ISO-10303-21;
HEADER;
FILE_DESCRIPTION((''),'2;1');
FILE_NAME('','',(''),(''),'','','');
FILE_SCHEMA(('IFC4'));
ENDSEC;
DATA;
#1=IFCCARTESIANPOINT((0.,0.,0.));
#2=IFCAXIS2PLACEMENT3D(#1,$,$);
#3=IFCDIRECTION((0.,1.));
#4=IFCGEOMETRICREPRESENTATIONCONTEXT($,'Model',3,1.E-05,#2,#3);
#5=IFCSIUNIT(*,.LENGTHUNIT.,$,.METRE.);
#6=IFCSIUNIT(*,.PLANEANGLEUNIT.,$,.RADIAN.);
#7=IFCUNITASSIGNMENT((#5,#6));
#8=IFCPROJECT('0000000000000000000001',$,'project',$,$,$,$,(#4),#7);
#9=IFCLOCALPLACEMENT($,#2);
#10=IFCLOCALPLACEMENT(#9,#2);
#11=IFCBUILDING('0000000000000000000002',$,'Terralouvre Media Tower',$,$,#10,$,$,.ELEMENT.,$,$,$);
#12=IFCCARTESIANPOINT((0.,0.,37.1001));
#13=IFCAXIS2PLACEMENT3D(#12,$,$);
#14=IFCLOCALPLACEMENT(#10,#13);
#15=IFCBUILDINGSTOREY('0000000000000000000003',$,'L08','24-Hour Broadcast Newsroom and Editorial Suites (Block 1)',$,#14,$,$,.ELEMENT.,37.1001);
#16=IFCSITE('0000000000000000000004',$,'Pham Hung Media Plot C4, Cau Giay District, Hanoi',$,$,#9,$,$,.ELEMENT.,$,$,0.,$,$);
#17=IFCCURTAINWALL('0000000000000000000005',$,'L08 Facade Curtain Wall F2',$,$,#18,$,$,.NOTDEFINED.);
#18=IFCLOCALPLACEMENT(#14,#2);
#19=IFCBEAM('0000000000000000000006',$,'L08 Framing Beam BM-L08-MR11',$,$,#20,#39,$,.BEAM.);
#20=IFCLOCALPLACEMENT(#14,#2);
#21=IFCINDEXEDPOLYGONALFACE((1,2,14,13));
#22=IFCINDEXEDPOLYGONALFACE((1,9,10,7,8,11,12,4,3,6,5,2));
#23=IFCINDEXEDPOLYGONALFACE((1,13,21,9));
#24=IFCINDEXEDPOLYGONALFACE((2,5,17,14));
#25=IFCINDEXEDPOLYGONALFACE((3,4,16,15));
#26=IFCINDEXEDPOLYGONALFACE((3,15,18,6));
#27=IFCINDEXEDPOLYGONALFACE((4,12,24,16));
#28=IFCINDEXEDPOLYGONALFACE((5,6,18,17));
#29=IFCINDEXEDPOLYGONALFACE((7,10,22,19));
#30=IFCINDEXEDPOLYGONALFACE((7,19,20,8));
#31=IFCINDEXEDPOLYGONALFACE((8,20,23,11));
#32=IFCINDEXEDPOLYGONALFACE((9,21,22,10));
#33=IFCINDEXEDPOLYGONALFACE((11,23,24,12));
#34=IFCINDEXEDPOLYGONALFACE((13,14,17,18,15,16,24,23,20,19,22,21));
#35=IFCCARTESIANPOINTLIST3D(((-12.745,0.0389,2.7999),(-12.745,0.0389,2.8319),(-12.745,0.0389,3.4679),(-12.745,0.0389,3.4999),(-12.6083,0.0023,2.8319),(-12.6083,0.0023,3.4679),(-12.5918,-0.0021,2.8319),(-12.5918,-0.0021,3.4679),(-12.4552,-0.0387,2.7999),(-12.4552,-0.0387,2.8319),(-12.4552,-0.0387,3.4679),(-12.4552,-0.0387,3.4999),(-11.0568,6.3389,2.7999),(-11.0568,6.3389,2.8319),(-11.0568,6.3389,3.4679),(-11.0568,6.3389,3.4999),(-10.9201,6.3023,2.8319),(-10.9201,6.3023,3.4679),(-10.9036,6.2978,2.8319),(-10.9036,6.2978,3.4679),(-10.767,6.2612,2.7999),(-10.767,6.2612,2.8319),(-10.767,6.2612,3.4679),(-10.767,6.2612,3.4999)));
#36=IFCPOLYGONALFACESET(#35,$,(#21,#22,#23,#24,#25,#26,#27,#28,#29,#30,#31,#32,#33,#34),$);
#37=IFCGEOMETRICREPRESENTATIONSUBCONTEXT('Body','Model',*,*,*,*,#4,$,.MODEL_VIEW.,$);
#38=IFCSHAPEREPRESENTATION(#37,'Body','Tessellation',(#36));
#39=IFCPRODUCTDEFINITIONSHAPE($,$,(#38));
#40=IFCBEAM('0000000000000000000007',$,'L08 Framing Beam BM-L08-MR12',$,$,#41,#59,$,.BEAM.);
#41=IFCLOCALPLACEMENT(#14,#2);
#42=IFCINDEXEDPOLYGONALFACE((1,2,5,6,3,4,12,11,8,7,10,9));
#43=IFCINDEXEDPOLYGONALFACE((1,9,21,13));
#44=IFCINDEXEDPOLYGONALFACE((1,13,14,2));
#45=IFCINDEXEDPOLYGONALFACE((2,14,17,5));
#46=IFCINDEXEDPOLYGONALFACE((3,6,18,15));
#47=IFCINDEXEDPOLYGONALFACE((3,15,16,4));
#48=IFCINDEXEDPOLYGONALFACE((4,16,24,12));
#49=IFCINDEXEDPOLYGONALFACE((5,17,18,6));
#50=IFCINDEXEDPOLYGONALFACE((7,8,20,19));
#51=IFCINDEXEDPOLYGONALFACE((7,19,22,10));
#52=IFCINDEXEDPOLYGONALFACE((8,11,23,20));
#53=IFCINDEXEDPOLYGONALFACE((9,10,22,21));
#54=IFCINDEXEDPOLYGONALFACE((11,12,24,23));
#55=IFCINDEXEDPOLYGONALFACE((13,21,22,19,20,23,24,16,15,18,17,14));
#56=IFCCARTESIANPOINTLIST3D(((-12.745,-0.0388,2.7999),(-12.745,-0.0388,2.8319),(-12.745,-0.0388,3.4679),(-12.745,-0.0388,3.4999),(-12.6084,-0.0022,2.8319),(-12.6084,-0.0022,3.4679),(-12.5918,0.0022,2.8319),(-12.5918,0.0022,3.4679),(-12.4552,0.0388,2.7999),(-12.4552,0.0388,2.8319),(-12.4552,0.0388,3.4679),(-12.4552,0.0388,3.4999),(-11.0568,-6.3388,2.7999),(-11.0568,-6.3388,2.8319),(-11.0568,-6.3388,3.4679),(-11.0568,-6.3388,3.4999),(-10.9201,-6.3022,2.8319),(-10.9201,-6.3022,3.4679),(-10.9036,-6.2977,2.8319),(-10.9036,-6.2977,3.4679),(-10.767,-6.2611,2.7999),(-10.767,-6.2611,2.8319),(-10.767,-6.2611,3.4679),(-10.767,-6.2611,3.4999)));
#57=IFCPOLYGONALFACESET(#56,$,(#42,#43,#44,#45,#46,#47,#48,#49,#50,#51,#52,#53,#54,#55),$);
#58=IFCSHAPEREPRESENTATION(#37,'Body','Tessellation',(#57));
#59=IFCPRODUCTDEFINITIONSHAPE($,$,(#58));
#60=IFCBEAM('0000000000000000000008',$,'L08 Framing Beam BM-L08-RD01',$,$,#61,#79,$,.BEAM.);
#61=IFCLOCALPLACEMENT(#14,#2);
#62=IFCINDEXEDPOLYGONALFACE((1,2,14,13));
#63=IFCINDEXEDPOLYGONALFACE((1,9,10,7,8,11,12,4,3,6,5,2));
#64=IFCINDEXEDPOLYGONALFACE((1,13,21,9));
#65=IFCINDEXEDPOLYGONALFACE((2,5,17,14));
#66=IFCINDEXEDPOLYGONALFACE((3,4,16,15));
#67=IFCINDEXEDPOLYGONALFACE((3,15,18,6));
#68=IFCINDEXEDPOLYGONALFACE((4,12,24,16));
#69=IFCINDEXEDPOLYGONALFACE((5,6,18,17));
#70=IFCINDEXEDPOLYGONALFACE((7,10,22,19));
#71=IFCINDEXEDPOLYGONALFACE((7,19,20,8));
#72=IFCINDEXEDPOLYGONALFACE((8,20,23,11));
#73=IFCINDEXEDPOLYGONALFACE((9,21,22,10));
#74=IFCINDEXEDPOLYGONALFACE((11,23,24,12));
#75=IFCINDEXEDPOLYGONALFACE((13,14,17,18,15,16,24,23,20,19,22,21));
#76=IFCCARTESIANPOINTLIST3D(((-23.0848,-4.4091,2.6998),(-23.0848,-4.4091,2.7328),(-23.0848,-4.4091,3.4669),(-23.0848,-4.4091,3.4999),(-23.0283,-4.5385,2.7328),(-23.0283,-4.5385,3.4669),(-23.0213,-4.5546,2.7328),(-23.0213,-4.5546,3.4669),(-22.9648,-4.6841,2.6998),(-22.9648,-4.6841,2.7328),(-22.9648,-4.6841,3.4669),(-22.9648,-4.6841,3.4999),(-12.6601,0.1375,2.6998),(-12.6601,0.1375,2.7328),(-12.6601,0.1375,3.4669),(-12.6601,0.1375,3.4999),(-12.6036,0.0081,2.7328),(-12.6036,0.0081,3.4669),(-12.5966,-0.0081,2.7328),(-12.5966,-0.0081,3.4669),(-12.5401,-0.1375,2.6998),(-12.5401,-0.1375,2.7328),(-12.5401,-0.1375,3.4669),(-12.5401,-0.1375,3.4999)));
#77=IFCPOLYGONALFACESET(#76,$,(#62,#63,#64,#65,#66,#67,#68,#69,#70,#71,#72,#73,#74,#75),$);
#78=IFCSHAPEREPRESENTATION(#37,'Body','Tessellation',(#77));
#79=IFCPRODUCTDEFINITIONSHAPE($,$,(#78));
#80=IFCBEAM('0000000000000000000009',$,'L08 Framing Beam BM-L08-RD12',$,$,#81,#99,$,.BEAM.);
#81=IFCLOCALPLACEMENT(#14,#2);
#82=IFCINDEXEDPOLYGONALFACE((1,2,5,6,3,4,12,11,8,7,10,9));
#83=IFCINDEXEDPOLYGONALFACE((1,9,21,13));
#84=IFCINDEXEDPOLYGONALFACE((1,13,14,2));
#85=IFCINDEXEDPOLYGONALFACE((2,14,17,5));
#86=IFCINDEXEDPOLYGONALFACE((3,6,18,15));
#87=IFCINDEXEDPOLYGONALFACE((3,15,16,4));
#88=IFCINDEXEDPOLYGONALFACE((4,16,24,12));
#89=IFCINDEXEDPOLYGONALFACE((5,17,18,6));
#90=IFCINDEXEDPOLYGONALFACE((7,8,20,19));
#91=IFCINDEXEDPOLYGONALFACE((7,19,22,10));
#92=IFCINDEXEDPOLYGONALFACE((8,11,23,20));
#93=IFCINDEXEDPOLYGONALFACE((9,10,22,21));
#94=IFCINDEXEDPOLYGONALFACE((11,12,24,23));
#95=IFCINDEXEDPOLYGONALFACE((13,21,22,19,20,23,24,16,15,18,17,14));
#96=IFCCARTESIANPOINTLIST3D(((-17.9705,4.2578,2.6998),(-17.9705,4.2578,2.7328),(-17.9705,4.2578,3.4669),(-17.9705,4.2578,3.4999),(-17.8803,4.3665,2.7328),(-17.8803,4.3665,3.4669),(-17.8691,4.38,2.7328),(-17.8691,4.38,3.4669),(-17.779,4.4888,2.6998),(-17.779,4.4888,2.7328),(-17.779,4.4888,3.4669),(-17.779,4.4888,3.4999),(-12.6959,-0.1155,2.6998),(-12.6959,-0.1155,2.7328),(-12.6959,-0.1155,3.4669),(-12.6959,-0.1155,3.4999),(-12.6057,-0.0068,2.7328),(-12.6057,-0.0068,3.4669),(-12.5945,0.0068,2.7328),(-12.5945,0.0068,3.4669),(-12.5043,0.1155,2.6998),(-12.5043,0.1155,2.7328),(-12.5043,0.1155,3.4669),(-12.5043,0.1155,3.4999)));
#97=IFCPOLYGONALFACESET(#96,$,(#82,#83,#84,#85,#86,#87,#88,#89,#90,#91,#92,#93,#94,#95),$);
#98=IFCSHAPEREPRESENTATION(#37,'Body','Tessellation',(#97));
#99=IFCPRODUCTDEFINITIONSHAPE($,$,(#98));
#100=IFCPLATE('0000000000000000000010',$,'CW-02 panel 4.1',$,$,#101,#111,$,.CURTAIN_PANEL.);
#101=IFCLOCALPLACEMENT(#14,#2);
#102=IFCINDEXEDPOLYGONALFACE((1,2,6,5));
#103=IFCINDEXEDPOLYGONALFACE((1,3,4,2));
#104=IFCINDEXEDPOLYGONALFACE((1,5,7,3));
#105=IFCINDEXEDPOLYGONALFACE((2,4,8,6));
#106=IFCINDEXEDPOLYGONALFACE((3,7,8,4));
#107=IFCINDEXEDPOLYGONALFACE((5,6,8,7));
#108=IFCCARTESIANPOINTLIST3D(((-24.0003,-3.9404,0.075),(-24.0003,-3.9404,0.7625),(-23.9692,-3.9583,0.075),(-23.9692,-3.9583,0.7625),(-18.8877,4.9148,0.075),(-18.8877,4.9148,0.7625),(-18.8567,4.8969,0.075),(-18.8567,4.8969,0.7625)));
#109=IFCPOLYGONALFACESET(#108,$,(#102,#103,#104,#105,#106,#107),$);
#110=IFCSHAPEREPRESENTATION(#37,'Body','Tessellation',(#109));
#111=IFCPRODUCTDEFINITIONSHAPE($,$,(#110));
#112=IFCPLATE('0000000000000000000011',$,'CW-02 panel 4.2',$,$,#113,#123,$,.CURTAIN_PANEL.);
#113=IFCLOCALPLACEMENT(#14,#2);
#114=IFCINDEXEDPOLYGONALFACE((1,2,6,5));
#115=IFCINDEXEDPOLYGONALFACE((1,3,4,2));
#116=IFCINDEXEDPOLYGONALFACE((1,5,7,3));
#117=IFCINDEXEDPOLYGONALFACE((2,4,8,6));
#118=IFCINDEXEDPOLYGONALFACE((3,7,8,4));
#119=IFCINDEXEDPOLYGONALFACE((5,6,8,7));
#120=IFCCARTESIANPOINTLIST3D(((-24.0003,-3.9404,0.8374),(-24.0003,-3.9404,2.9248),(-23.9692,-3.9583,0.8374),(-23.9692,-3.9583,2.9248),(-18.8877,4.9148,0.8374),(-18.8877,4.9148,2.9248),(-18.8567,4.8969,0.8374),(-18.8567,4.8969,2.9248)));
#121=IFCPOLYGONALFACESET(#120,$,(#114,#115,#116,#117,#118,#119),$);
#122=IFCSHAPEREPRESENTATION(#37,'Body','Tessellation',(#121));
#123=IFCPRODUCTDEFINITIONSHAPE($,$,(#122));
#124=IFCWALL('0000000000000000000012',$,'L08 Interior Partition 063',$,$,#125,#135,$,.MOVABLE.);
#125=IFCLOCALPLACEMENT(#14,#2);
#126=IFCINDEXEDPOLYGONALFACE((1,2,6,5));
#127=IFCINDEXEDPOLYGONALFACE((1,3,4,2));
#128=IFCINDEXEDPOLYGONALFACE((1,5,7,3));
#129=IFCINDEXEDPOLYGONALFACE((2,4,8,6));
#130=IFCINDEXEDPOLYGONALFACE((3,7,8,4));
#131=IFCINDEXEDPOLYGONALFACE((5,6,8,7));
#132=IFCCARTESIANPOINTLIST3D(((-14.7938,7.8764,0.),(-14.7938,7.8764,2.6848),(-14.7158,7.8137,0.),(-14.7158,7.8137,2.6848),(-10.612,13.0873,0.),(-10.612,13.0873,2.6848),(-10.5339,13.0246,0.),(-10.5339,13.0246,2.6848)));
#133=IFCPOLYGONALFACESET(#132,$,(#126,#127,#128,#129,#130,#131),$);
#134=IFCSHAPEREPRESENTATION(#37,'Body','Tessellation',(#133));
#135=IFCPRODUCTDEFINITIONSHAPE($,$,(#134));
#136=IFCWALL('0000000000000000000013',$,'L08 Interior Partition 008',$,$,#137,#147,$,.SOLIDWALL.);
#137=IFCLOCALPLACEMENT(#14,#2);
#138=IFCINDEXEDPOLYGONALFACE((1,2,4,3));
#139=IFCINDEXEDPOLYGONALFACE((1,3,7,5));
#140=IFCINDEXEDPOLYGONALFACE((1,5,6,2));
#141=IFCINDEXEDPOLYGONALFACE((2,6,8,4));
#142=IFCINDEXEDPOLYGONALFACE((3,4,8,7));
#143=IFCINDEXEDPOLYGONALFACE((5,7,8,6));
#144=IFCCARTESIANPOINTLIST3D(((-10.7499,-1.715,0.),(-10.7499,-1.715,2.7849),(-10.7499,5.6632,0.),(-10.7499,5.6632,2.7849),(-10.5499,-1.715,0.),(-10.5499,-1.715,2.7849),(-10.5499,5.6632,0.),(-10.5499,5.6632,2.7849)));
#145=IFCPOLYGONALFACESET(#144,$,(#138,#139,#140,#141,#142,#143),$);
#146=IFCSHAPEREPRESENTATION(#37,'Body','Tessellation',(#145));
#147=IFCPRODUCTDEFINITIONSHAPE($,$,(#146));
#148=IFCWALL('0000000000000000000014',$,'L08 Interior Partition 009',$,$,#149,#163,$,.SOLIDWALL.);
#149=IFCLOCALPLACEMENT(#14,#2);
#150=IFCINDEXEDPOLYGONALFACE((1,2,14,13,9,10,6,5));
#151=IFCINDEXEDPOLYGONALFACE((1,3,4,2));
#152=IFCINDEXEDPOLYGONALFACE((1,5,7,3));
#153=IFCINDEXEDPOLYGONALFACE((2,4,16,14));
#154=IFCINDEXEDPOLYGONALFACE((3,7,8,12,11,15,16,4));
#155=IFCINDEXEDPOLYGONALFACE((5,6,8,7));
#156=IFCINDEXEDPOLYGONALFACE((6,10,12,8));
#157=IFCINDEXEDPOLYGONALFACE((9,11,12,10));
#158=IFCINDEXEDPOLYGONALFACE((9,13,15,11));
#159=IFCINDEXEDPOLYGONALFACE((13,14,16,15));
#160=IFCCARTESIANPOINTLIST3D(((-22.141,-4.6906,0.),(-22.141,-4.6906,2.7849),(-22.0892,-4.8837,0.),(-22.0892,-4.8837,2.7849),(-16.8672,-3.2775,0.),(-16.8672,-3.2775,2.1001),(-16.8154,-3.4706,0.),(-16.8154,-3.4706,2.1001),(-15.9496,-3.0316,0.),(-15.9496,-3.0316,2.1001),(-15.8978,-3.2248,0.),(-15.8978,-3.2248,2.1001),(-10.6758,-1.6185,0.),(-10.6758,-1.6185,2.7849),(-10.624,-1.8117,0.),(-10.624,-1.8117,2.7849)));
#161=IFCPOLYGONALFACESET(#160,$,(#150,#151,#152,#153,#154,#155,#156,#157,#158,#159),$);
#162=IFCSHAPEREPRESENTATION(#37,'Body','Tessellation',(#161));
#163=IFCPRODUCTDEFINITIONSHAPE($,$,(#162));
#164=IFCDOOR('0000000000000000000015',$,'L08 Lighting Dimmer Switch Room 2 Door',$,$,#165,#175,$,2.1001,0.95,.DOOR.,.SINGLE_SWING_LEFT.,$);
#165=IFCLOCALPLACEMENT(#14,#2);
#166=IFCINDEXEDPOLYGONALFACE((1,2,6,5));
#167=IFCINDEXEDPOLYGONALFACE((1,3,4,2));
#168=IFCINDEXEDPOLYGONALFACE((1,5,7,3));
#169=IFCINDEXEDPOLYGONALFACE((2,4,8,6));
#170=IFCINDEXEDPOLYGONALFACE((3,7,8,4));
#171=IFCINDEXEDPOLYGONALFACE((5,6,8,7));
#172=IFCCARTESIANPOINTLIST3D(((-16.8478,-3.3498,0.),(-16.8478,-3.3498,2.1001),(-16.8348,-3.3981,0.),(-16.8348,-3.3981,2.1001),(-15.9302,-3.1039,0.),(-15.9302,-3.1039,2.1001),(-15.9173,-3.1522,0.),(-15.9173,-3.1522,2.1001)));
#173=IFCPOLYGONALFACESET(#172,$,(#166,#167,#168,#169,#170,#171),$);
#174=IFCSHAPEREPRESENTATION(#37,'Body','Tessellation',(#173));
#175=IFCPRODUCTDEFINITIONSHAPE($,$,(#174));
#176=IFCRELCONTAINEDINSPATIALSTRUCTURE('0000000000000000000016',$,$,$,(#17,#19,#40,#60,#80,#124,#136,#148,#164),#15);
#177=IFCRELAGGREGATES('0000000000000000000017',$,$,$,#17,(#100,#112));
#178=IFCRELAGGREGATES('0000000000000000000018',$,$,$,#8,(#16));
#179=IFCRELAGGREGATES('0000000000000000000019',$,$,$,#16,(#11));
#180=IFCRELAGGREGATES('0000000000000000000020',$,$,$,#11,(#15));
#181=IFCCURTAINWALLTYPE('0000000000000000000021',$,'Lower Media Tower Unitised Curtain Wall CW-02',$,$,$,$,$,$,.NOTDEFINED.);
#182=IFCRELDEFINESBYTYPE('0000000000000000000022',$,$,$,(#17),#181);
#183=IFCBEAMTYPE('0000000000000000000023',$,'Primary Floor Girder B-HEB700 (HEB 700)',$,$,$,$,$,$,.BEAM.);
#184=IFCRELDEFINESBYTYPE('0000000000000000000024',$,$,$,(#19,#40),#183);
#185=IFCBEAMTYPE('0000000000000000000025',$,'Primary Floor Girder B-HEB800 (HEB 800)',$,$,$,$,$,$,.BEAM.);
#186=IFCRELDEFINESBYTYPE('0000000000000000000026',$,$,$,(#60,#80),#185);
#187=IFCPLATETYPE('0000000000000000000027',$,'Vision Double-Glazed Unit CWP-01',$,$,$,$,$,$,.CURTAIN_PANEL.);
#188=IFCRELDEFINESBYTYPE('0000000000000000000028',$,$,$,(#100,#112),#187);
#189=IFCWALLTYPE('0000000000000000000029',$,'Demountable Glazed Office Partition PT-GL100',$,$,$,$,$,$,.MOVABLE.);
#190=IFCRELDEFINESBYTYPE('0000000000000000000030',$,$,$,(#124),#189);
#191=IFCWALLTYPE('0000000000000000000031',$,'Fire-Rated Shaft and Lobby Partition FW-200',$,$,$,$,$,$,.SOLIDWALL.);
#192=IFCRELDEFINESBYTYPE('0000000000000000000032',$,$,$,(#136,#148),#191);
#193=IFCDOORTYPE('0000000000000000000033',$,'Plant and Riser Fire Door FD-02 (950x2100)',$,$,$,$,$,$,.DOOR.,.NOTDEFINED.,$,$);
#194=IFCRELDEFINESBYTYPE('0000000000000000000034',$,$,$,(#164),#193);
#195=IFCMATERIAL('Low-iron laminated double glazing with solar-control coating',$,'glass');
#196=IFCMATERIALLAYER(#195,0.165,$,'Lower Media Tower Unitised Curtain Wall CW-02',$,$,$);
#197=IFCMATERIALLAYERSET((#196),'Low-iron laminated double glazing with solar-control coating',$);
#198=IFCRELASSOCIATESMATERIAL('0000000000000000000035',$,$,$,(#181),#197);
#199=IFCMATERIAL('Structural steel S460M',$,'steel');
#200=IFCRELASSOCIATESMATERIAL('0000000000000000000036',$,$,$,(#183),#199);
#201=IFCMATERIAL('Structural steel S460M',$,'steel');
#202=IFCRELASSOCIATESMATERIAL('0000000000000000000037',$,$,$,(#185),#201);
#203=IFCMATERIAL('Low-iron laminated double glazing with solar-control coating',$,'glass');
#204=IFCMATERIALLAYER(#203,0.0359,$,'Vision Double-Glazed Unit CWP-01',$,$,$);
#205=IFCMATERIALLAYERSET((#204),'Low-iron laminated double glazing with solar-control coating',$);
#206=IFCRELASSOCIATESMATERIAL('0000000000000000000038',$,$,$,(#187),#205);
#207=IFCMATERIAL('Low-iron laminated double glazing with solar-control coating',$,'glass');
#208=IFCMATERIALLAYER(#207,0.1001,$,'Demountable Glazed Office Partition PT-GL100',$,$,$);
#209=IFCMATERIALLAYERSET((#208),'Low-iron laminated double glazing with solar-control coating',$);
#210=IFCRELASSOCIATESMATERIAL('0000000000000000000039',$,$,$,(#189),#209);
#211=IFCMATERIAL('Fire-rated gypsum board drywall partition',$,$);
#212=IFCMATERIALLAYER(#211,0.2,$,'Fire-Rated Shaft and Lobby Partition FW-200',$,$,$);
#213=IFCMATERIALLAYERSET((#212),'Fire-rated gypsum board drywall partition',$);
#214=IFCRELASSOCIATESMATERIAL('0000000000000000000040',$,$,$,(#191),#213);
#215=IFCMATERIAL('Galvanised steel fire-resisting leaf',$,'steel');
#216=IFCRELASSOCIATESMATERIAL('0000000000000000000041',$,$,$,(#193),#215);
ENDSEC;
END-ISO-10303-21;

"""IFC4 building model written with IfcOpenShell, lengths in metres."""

from ifc_helpers import new_model, si_unit, direction, frame, frame_2d, origin, origin_2d, place, context, subcontext, project, spatial, rectangle, i_section, extrude, material, layer, layer_set, material_profile, profile_set, type_object, element, fill, aggregate, save


model = new_model("IFC4")

# Units and contexts
model_context = context("Model", 3, precision=1e-05, world=origin(), true_north=direction((0.0, 1.0)))
body_context = subcontext(model_context, "Body", "Model", "MODEL_VIEW")
ifc_project = project(units=[si_unit("LENGTHUNIT", "METRE"), si_unit("PLANEANGLEUNIT", "RADIAN")], contexts=[model_context])

# Site, building, storey
site_placement = place(None, origin())
site = spatial("IfcSite", under=ifc_project, at=site_placement, Name="Pham Hung Media Plot C4, Cau Giay District, Hanoi", CompositionType="ELEMENT", RefElevation=0.0)
building_placement = place(site_placement, origin())
building = spatial("IfcBuilding", under=site, at=building_placement, Name="Terralouvre Media Tower", CompositionType="ELEMENT")
storey_placement = place(building_placement, frame((0.0, 0.0, 37.1001)))
storey = spatial("IfcBuildingStorey", under=building, at=storey_placement, Name="L08", Description="24-Hour Broadcast Newsroom and Editorial Suites (Block 1)", CompositionType="ELEMENT", Elevation=37.1001)

# Curtain wall
ifc_material_1 = material(Name="Low-iron laminated double glazing with solar-control coating", Category="glass")
ifc_layer_1 = layer(ifc_material_1, 0.165, Name="Lower Media Tower Unitised Curtain Wall CW-02")
ifc_layer_set_1 = layer_set([ifc_layer_1], Name="Low-iron laminated double glazing with solar-control coating")
curtain_wall_type = type_object("IfcCurtainWallType", Name="Lower Media Tower Unitised Curtain Wall CW-02", PredefinedType="NOTDEFINED", material=ifc_layer_set_1)
curtain_wall_placement = place(storey_placement, origin())
curtain_wall = element("IfcCurtainWall", 1, at=curtain_wall_placement, inside=storey, type_object=curtain_wall_type, Name="L08 Facade Curtain Wall F2", PredefinedType="NOTDEFINED")

# Beams
ifc_material_2 = material(Name="Structural steel S460M", Category="steel")
ifc_material_profile_1 = material_profile(ifc_material_2, i_section(OverallWidth=0.3, OverallDepth=0.7, WebThickness=0.0171, FlangeThickness=0.032, at=origin_2d()), Name="HEB 700")
ifc_profile_set_1 = profile_set([ifc_material_profile_1], Name="Structural steel S460M")
beam_type_1 = type_object("IfcBeamType", Name="Primary Floor Girder B-HEB700 (HEB 700)", PredefinedType="BEAM", material=ifc_profile_set_1)
for number, where, z_axis, x_axis, name in (
    (2, (-10.9119, 6.3, 3.1499), (-0.258839, -0.96592, 0.0), (0.96592, -0.258839, 0.0), "L08 Framing Beam BM-L08-MR11"),
    (3, (-12.6001, 0.0, 3.1499), (0.258839, -0.96592, 0.0), (0.96592, 0.258839, 0.0), "L08 Framing Beam BM-L08-MR12"),
):
    element("IfcBeam", number, at=place(storey_placement, frame(where, z_axis=z_axis, x_axis=x_axis)), inside=storey, type_object=beam_type_1, Name=name, PredefinedType="BEAM", context=body_context, shape_type="SweptSolid", body=[
        extrude(i_section(OverallWidth=0.3, OverallDepth=0.7, WebThickness=0.0171, FlangeThickness=0.032, at=origin_2d()), origin(), (0.0, 0.0, 1.0), 6.5222),
    ])
ifc_material_3 = material(Name="Structural steel S460M", Category="steel")
ifc_material_profile_2 = material_profile(ifc_material_3, i_section(OverallWidth=0.3, OverallDepth=0.8, WebThickness=0.0176, FlangeThickness=0.033, at=origin_2d()), Name="HEB 800")
ifc_profile_set_2 = profile_set([ifc_material_profile_2], Name="Structural steel S460M")
beam_type_2 = type_object("IfcBeamType", Name="Primary Floor Girder B-HEB800 (HEB 800)", PredefinedType="BEAM", material=ifc_profile_set_2)
beam_1_placement = place(storey_placement, frame((-12.6001, 0.0, 3.0999), z_axis=(-0.916616, -0.399769, 0.0), x_axis=(0.399769, -0.916616, 0.0)))
element("IfcBeam", 4, at=beam_1_placement, inside=storey, type_object=beam_type_2, Name="L08 Framing Beam BM-L08-RD01", PredefinedType="BEAM", context=body_context, shape_type="SweptSolid", body=[
    extrude(i_section(OverallWidth=0.3, OverallDepth=0.8, WebThickness=0.0176, FlangeThickness=0.033, at=origin_2d()), origin(), (0.0, 0.0, 1.0), 11.373),
])
beam_2_placement = place(storey_placement, frame((-12.6001, 0.0, 3.0999), z_axis=(-0.769816, 0.638265, 0.0), x_axis=(-0.638265, -0.769816, 0.0)))
element("IfcBeam", 5, at=beam_2_placement, inside=storey, type_object=beam_type_2, Name="L08 Framing Beam BM-L08-RD12", PredefinedType="BEAM", context=body_context, shape_type="SweptSolid", body=[
    extrude(i_section(OverallWidth=0.3, OverallDepth=0.8, WebThickness=0.0176, FlangeThickness=0.033, at=origin_2d()), origin(), (0.0, 0.0, 1.0), 6.8518),
])

# Plates
ifc_material_4 = material(Name="Low-iron laminated double glazing with solar-control coating", Category="glass")
ifc_layer_2 = layer(ifc_material_4, 0.0359, Name="Vision Double-Glazed Unit CWP-01")
ifc_layer_set_2 = layer_set([ifc_layer_2], Name="Low-iron laminated double glazing with solar-control coating")
plate_type = type_object("IfcPlateType", Name="Vision Double-Glazed Unit CWP-01", PredefinedType="CURTAIN_PANEL", material=ifc_layer_set_2)
plate_1_placement = place(storey_placement, frame((-21.4285, 0.4783, 0.075), z_axis=(0.0, 0.0, 1.0), x_axis=(-0.5, -0.866025, 0.0)))
plate_1 = element("IfcPlate", 6, at=plate_1_placement, type_object=plate_type, Name="CW-02 panel 4.1", PredefinedType="CURTAIN_PANEL", context=body_context, shape_type="SweptSolid", body=[
    extrude(rectangle(XDim=10.2251, YDim=0.0359, at=origin_2d()), origin(), (0.0, 0.0, 1.0), 0.6875),
])
plate_2_placement = place(storey_placement, frame((-21.4285, 0.4783, 0.8374), z_axis=(0.0, 0.0, 1.0), x_axis=(-0.5, -0.866025, 0.0)))
plate_2 = element("IfcPlate", 7, at=plate_2_placement, type_object=plate_type, Name="CW-02 panel 4.2", PredefinedType="CURTAIN_PANEL", context=body_context, shape_type="SweptSolid", body=[
    extrude(rectangle(XDim=10.2251, YDim=0.0359, at=origin_2d()), origin(), (0.0, 0.0, 1.0), 2.0874),
])
aggregate(curtain_wall, [plate_1, plate_2])

# Walls
ifc_material_5 = material(Name="Low-iron laminated double glazing with solar-control coating", Category="glass")
ifc_layer_3 = layer(ifc_material_5, 0.1001, Name="Demountable Glazed Office Partition PT-GL100")
ifc_layer_set_3 = layer_set([ifc_layer_3], Name="Low-iron laminated double glazing with solar-control coating")
wall_type_1 = type_object("IfcWallType", Name="Demountable Glazed Office Partition PT-GL100", PredefinedType="MOVABLE", material=ifc_layer_set_3)
wall_1_placement = place(storey_placement, frame((-14.7549, 7.845, 0.0), z_axis=(0.0, 0.0, 1.0), x_axis=(0.625893, 0.779909, 0.0)))
element("IfcWall", 8, at=wall_1_placement, inside=storey, type_object=wall_type_1, Name="L08 Interior Partition 063", PredefinedType="MOVABLE", context=body_context, shape_type="SweptSolid", body=[
    extrude(rectangle(XDim=6.6814, YDim=0.1001, at=frame_2d((3.3408, 0.0))), origin(), (0.0, 0.0, 1.0), 2.6848),
])
ifc_material_6 = material(Name="Fire-rated gypsum board drywall partition")
ifc_layer_4 = layer(ifc_material_6, 0.2, Name="Fire-Rated Shaft and Lobby Partition FW-200")
ifc_layer_set_4 = layer_set([ifc_layer_4], Name="Fire-rated gypsum board drywall partition")
wall_type_2 = type_object("IfcWallType", Name="Fire-Rated Shaft and Lobby Partition FW-200", PredefinedType="SOLIDWALL", material=ifc_layer_set_4)
wall_2_placement = place(storey_placement, frame((-10.6499, 5.6631, 0.0), z_axis=(0.0, 0.0, 1.0), x_axis=(0.0, -1.0, 0.0)))
element("IfcWall", 9, at=wall_2_placement, inside=storey, type_object=wall_type_2, Name="L08 Interior Partition 008", PredefinedType="SOLIDWALL", context=body_context, shape_type="SweptSolid", body=[
    extrude(rectangle(XDim=7.3782, YDim=0.2, at=frame_2d((3.689, 0.0))), origin(), (0.0, 0.0, 1.0), 2.7849),
])

# Wall, opening, door
wall_3_placement = place(storey_placement, frame((-10.6499, -1.7151, 0.0), z_axis=(0.0, 0.0, 1.0), x_axis=(-0.965927, -0.258816, 0.0)))
wall_3 = element("IfcWall", 10, at=wall_3_placement, inside=storey, type_object=wall_type_2, Name="L08 Interior Partition 009", PredefinedType="SOLIDWALL", context=body_context, shape_type="SweptSolid", body=[
    extrude(rectangle(XDim=11.8696, YDim=0.2, at=frame_2d((5.9348, 0.0))), origin(), (0.0, 0.0, 1.0), 2.7849),
])
opening_placement = place(wall_3_placement, frame((5.4597, 0.0, 0.0)))
opening = element("IfcOpeningElement", 11, at=opening_placement, cuts=wall_3, PredefinedType="OPENING", context=body_context, shape_type="SweptSolid", body=[
    extrude(rectangle(XDim=0.95, YDim=2.1001, at=frame_2d((0.4751, 1.05))), frame((0.0, 0.1099, 0.0), z_axis=(0.0, -1.0, 0.0), x_axis=(1.0, 0.0, 0.0)), (0.0, 0.0, 1.0), 0.22),
])
ifc_material_7 = material(Name="Galvanised steel fire-resisting leaf", Category="steel")
door_type = type_object("IfcDoorType", Name="Plant and Riser Fire Door FD-02 (950x2100)", OperationType="NOTDEFINED", PredefinedType="DOOR", material=ifc_material_7)
door_placement = place(opening_placement, origin())
door = element("IfcDoor", 12, at=door_placement, inside=storey, type_object=door_type, Name="L08 Lighting Dimmer Switch Room 2 Door", OperationType="SINGLE_SWING_LEFT", OverallHeight=2.1001, OverallWidth=0.95, PredefinedType="DOOR", context=body_context, shape_type="SweptSolid", body=[
    extrude(rectangle(XDim=0.95, YDim=2.1001, at=frame_2d((0.4751, 1.05))), frame((0.0, 0.0249, 0.0), z_axis=(0.0, -1.0, 0.0), x_axis=(1.0, 0.0, 0.0)), (0.0, 0.0, 1.0), 0.05),
])
fill(opening, door)

save(model, "model.ifc")
